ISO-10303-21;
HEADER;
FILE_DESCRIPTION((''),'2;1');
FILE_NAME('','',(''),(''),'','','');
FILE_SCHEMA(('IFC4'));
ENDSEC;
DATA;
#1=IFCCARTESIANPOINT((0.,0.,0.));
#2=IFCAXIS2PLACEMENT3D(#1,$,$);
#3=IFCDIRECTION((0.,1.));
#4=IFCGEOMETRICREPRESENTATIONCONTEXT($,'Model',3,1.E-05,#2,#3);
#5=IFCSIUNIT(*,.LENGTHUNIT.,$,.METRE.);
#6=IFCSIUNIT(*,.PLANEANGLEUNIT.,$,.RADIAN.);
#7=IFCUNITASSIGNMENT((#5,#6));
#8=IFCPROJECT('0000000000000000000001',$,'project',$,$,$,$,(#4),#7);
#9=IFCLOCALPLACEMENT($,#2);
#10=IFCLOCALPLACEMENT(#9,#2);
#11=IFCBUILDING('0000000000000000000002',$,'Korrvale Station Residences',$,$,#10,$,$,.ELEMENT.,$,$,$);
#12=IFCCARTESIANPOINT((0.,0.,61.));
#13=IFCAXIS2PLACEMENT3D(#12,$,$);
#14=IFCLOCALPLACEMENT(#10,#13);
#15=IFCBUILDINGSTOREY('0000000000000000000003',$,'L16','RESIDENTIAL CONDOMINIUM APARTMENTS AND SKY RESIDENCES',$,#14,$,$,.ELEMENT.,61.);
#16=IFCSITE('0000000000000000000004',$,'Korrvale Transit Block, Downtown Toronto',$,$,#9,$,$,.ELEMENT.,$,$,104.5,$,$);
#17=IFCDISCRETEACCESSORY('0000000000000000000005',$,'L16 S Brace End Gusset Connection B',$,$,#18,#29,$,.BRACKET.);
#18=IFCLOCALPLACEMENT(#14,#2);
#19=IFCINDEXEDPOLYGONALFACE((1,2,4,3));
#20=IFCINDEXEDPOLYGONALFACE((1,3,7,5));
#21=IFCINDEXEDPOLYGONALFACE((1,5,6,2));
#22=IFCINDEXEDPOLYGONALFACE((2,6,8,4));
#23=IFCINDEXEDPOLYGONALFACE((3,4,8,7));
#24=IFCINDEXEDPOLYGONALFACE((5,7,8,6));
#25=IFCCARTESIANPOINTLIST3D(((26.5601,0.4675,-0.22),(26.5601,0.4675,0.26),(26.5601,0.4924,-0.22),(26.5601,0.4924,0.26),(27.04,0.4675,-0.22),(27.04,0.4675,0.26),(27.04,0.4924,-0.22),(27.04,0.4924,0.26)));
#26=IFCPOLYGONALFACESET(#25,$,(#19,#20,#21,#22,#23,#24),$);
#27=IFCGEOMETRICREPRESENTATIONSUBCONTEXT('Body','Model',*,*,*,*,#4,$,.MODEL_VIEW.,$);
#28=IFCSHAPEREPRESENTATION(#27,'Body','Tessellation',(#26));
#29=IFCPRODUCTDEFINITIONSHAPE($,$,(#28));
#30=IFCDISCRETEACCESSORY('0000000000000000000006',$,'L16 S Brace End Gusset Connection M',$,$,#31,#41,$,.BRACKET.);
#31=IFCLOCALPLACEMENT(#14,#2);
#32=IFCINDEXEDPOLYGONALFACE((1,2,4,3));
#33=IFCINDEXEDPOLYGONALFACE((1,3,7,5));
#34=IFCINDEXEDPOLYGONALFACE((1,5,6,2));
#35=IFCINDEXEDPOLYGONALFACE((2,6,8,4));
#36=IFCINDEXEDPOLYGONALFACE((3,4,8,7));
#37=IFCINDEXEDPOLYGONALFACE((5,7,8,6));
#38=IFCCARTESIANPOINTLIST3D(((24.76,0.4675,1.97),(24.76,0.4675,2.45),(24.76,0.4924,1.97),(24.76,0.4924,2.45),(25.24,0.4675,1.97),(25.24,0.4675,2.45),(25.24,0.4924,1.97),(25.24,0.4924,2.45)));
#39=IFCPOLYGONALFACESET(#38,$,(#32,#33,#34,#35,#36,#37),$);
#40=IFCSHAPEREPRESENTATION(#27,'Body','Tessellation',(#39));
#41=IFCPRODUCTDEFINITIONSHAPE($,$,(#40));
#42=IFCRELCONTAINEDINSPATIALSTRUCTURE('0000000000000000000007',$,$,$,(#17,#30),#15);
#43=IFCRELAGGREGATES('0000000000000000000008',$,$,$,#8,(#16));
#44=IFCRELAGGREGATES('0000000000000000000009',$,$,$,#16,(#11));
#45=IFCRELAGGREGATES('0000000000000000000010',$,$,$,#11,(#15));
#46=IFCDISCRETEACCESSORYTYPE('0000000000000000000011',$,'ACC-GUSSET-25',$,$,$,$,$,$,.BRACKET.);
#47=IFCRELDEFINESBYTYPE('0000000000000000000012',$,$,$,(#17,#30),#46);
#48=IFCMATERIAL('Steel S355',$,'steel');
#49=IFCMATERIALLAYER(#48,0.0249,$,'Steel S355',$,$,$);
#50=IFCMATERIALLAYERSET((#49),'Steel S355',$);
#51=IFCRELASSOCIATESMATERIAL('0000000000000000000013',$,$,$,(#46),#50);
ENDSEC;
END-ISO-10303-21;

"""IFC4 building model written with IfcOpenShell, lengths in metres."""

from ifc_helpers import new_model, si_unit, direction, frame, origin, origin_2d, place, context, subcontext, project, spatial, rectangle, extrude, material, layer, layer_set, type_object, element, save


model = new_model("IFC4")

# Units and contexts
model_context = context("Model", 3, precision=1e-05, world=origin(), true_north=direction((0.0, 1.0)))
body_context = subcontext(model_context, "Body", "Model", "MODEL_VIEW")
ifc_project = project(units=[si_unit("LENGTHUNIT", "METRE"), si_unit("PLANEANGLEUNIT", "RADIAN")], contexts=[model_context])

# Site, building, storey
site_placement = place(None, origin())
site = spatial("IfcSite", under=ifc_project, at=site_placement, Name="Korrvale Transit Block, Downtown Toronto", CompositionType="ELEMENT", RefElevation=104.5)
building_placement = place(site_placement, origin())
building = spatial("IfcBuilding", under=site, at=building_placement, Name="Korrvale Station Residences", CompositionType="ELEMENT")
storey_placement = place(building_placement, frame((0.0, 0.0, 61.0)))
storey = spatial("IfcBuildingStorey", under=building, at=storey_placement, Name="L16", Description="RESIDENTIAL CONDOMINIUM APARTMENTS AND SKY RESIDENCES", CompositionType="ELEMENT", Elevation=61.0)

# Shared definitions
ifc_material_1 = material(Name="Steel S355", Category="steel")

# Discrete accessories
ifc_layer_1 = layer(ifc_material_1, 0.0249, Name="Steel S355")
ifc_layer_set_1 = layer_set([ifc_layer_1], Name="Steel S355")
discrete_accessory_type = type_object("IfcDiscreteAccessoryType", Name="ACC-GUSSET-25", PredefinedType="BRACKET", material=ifc_layer_set_1)
for number, where, z_axis, x_axis, name in (
    (1, (26.8, 0.48, -0.22), (0.0, 0.0, 1.0), (1.0, 0.0, 0.0), "L16 S Brace End Gusset Connection B"),
    (2, (25.0, 0.48, 1.97), (0.0, 0.0, 1.0), (1.0, 0.0, 0.0), "L16 S Brace End Gusset Connection M"),
):
    element("IfcDiscreteAccessory", number, at=place(storey_placement, frame(where, z_axis=z_axis, x_axis=x_axis)), inside=storey, type_object=discrete_accessory_type, Name=name, PredefinedType="BRACKET", context=body_context, shape_type="SweptSolid", body=[
        extrude(rectangle(XDim=0.48, YDim=0.0249, at=origin_2d()), origin(), (0.0, 0.0, 1.0), 0.48),
    ])

save(model, "model.ifc")
